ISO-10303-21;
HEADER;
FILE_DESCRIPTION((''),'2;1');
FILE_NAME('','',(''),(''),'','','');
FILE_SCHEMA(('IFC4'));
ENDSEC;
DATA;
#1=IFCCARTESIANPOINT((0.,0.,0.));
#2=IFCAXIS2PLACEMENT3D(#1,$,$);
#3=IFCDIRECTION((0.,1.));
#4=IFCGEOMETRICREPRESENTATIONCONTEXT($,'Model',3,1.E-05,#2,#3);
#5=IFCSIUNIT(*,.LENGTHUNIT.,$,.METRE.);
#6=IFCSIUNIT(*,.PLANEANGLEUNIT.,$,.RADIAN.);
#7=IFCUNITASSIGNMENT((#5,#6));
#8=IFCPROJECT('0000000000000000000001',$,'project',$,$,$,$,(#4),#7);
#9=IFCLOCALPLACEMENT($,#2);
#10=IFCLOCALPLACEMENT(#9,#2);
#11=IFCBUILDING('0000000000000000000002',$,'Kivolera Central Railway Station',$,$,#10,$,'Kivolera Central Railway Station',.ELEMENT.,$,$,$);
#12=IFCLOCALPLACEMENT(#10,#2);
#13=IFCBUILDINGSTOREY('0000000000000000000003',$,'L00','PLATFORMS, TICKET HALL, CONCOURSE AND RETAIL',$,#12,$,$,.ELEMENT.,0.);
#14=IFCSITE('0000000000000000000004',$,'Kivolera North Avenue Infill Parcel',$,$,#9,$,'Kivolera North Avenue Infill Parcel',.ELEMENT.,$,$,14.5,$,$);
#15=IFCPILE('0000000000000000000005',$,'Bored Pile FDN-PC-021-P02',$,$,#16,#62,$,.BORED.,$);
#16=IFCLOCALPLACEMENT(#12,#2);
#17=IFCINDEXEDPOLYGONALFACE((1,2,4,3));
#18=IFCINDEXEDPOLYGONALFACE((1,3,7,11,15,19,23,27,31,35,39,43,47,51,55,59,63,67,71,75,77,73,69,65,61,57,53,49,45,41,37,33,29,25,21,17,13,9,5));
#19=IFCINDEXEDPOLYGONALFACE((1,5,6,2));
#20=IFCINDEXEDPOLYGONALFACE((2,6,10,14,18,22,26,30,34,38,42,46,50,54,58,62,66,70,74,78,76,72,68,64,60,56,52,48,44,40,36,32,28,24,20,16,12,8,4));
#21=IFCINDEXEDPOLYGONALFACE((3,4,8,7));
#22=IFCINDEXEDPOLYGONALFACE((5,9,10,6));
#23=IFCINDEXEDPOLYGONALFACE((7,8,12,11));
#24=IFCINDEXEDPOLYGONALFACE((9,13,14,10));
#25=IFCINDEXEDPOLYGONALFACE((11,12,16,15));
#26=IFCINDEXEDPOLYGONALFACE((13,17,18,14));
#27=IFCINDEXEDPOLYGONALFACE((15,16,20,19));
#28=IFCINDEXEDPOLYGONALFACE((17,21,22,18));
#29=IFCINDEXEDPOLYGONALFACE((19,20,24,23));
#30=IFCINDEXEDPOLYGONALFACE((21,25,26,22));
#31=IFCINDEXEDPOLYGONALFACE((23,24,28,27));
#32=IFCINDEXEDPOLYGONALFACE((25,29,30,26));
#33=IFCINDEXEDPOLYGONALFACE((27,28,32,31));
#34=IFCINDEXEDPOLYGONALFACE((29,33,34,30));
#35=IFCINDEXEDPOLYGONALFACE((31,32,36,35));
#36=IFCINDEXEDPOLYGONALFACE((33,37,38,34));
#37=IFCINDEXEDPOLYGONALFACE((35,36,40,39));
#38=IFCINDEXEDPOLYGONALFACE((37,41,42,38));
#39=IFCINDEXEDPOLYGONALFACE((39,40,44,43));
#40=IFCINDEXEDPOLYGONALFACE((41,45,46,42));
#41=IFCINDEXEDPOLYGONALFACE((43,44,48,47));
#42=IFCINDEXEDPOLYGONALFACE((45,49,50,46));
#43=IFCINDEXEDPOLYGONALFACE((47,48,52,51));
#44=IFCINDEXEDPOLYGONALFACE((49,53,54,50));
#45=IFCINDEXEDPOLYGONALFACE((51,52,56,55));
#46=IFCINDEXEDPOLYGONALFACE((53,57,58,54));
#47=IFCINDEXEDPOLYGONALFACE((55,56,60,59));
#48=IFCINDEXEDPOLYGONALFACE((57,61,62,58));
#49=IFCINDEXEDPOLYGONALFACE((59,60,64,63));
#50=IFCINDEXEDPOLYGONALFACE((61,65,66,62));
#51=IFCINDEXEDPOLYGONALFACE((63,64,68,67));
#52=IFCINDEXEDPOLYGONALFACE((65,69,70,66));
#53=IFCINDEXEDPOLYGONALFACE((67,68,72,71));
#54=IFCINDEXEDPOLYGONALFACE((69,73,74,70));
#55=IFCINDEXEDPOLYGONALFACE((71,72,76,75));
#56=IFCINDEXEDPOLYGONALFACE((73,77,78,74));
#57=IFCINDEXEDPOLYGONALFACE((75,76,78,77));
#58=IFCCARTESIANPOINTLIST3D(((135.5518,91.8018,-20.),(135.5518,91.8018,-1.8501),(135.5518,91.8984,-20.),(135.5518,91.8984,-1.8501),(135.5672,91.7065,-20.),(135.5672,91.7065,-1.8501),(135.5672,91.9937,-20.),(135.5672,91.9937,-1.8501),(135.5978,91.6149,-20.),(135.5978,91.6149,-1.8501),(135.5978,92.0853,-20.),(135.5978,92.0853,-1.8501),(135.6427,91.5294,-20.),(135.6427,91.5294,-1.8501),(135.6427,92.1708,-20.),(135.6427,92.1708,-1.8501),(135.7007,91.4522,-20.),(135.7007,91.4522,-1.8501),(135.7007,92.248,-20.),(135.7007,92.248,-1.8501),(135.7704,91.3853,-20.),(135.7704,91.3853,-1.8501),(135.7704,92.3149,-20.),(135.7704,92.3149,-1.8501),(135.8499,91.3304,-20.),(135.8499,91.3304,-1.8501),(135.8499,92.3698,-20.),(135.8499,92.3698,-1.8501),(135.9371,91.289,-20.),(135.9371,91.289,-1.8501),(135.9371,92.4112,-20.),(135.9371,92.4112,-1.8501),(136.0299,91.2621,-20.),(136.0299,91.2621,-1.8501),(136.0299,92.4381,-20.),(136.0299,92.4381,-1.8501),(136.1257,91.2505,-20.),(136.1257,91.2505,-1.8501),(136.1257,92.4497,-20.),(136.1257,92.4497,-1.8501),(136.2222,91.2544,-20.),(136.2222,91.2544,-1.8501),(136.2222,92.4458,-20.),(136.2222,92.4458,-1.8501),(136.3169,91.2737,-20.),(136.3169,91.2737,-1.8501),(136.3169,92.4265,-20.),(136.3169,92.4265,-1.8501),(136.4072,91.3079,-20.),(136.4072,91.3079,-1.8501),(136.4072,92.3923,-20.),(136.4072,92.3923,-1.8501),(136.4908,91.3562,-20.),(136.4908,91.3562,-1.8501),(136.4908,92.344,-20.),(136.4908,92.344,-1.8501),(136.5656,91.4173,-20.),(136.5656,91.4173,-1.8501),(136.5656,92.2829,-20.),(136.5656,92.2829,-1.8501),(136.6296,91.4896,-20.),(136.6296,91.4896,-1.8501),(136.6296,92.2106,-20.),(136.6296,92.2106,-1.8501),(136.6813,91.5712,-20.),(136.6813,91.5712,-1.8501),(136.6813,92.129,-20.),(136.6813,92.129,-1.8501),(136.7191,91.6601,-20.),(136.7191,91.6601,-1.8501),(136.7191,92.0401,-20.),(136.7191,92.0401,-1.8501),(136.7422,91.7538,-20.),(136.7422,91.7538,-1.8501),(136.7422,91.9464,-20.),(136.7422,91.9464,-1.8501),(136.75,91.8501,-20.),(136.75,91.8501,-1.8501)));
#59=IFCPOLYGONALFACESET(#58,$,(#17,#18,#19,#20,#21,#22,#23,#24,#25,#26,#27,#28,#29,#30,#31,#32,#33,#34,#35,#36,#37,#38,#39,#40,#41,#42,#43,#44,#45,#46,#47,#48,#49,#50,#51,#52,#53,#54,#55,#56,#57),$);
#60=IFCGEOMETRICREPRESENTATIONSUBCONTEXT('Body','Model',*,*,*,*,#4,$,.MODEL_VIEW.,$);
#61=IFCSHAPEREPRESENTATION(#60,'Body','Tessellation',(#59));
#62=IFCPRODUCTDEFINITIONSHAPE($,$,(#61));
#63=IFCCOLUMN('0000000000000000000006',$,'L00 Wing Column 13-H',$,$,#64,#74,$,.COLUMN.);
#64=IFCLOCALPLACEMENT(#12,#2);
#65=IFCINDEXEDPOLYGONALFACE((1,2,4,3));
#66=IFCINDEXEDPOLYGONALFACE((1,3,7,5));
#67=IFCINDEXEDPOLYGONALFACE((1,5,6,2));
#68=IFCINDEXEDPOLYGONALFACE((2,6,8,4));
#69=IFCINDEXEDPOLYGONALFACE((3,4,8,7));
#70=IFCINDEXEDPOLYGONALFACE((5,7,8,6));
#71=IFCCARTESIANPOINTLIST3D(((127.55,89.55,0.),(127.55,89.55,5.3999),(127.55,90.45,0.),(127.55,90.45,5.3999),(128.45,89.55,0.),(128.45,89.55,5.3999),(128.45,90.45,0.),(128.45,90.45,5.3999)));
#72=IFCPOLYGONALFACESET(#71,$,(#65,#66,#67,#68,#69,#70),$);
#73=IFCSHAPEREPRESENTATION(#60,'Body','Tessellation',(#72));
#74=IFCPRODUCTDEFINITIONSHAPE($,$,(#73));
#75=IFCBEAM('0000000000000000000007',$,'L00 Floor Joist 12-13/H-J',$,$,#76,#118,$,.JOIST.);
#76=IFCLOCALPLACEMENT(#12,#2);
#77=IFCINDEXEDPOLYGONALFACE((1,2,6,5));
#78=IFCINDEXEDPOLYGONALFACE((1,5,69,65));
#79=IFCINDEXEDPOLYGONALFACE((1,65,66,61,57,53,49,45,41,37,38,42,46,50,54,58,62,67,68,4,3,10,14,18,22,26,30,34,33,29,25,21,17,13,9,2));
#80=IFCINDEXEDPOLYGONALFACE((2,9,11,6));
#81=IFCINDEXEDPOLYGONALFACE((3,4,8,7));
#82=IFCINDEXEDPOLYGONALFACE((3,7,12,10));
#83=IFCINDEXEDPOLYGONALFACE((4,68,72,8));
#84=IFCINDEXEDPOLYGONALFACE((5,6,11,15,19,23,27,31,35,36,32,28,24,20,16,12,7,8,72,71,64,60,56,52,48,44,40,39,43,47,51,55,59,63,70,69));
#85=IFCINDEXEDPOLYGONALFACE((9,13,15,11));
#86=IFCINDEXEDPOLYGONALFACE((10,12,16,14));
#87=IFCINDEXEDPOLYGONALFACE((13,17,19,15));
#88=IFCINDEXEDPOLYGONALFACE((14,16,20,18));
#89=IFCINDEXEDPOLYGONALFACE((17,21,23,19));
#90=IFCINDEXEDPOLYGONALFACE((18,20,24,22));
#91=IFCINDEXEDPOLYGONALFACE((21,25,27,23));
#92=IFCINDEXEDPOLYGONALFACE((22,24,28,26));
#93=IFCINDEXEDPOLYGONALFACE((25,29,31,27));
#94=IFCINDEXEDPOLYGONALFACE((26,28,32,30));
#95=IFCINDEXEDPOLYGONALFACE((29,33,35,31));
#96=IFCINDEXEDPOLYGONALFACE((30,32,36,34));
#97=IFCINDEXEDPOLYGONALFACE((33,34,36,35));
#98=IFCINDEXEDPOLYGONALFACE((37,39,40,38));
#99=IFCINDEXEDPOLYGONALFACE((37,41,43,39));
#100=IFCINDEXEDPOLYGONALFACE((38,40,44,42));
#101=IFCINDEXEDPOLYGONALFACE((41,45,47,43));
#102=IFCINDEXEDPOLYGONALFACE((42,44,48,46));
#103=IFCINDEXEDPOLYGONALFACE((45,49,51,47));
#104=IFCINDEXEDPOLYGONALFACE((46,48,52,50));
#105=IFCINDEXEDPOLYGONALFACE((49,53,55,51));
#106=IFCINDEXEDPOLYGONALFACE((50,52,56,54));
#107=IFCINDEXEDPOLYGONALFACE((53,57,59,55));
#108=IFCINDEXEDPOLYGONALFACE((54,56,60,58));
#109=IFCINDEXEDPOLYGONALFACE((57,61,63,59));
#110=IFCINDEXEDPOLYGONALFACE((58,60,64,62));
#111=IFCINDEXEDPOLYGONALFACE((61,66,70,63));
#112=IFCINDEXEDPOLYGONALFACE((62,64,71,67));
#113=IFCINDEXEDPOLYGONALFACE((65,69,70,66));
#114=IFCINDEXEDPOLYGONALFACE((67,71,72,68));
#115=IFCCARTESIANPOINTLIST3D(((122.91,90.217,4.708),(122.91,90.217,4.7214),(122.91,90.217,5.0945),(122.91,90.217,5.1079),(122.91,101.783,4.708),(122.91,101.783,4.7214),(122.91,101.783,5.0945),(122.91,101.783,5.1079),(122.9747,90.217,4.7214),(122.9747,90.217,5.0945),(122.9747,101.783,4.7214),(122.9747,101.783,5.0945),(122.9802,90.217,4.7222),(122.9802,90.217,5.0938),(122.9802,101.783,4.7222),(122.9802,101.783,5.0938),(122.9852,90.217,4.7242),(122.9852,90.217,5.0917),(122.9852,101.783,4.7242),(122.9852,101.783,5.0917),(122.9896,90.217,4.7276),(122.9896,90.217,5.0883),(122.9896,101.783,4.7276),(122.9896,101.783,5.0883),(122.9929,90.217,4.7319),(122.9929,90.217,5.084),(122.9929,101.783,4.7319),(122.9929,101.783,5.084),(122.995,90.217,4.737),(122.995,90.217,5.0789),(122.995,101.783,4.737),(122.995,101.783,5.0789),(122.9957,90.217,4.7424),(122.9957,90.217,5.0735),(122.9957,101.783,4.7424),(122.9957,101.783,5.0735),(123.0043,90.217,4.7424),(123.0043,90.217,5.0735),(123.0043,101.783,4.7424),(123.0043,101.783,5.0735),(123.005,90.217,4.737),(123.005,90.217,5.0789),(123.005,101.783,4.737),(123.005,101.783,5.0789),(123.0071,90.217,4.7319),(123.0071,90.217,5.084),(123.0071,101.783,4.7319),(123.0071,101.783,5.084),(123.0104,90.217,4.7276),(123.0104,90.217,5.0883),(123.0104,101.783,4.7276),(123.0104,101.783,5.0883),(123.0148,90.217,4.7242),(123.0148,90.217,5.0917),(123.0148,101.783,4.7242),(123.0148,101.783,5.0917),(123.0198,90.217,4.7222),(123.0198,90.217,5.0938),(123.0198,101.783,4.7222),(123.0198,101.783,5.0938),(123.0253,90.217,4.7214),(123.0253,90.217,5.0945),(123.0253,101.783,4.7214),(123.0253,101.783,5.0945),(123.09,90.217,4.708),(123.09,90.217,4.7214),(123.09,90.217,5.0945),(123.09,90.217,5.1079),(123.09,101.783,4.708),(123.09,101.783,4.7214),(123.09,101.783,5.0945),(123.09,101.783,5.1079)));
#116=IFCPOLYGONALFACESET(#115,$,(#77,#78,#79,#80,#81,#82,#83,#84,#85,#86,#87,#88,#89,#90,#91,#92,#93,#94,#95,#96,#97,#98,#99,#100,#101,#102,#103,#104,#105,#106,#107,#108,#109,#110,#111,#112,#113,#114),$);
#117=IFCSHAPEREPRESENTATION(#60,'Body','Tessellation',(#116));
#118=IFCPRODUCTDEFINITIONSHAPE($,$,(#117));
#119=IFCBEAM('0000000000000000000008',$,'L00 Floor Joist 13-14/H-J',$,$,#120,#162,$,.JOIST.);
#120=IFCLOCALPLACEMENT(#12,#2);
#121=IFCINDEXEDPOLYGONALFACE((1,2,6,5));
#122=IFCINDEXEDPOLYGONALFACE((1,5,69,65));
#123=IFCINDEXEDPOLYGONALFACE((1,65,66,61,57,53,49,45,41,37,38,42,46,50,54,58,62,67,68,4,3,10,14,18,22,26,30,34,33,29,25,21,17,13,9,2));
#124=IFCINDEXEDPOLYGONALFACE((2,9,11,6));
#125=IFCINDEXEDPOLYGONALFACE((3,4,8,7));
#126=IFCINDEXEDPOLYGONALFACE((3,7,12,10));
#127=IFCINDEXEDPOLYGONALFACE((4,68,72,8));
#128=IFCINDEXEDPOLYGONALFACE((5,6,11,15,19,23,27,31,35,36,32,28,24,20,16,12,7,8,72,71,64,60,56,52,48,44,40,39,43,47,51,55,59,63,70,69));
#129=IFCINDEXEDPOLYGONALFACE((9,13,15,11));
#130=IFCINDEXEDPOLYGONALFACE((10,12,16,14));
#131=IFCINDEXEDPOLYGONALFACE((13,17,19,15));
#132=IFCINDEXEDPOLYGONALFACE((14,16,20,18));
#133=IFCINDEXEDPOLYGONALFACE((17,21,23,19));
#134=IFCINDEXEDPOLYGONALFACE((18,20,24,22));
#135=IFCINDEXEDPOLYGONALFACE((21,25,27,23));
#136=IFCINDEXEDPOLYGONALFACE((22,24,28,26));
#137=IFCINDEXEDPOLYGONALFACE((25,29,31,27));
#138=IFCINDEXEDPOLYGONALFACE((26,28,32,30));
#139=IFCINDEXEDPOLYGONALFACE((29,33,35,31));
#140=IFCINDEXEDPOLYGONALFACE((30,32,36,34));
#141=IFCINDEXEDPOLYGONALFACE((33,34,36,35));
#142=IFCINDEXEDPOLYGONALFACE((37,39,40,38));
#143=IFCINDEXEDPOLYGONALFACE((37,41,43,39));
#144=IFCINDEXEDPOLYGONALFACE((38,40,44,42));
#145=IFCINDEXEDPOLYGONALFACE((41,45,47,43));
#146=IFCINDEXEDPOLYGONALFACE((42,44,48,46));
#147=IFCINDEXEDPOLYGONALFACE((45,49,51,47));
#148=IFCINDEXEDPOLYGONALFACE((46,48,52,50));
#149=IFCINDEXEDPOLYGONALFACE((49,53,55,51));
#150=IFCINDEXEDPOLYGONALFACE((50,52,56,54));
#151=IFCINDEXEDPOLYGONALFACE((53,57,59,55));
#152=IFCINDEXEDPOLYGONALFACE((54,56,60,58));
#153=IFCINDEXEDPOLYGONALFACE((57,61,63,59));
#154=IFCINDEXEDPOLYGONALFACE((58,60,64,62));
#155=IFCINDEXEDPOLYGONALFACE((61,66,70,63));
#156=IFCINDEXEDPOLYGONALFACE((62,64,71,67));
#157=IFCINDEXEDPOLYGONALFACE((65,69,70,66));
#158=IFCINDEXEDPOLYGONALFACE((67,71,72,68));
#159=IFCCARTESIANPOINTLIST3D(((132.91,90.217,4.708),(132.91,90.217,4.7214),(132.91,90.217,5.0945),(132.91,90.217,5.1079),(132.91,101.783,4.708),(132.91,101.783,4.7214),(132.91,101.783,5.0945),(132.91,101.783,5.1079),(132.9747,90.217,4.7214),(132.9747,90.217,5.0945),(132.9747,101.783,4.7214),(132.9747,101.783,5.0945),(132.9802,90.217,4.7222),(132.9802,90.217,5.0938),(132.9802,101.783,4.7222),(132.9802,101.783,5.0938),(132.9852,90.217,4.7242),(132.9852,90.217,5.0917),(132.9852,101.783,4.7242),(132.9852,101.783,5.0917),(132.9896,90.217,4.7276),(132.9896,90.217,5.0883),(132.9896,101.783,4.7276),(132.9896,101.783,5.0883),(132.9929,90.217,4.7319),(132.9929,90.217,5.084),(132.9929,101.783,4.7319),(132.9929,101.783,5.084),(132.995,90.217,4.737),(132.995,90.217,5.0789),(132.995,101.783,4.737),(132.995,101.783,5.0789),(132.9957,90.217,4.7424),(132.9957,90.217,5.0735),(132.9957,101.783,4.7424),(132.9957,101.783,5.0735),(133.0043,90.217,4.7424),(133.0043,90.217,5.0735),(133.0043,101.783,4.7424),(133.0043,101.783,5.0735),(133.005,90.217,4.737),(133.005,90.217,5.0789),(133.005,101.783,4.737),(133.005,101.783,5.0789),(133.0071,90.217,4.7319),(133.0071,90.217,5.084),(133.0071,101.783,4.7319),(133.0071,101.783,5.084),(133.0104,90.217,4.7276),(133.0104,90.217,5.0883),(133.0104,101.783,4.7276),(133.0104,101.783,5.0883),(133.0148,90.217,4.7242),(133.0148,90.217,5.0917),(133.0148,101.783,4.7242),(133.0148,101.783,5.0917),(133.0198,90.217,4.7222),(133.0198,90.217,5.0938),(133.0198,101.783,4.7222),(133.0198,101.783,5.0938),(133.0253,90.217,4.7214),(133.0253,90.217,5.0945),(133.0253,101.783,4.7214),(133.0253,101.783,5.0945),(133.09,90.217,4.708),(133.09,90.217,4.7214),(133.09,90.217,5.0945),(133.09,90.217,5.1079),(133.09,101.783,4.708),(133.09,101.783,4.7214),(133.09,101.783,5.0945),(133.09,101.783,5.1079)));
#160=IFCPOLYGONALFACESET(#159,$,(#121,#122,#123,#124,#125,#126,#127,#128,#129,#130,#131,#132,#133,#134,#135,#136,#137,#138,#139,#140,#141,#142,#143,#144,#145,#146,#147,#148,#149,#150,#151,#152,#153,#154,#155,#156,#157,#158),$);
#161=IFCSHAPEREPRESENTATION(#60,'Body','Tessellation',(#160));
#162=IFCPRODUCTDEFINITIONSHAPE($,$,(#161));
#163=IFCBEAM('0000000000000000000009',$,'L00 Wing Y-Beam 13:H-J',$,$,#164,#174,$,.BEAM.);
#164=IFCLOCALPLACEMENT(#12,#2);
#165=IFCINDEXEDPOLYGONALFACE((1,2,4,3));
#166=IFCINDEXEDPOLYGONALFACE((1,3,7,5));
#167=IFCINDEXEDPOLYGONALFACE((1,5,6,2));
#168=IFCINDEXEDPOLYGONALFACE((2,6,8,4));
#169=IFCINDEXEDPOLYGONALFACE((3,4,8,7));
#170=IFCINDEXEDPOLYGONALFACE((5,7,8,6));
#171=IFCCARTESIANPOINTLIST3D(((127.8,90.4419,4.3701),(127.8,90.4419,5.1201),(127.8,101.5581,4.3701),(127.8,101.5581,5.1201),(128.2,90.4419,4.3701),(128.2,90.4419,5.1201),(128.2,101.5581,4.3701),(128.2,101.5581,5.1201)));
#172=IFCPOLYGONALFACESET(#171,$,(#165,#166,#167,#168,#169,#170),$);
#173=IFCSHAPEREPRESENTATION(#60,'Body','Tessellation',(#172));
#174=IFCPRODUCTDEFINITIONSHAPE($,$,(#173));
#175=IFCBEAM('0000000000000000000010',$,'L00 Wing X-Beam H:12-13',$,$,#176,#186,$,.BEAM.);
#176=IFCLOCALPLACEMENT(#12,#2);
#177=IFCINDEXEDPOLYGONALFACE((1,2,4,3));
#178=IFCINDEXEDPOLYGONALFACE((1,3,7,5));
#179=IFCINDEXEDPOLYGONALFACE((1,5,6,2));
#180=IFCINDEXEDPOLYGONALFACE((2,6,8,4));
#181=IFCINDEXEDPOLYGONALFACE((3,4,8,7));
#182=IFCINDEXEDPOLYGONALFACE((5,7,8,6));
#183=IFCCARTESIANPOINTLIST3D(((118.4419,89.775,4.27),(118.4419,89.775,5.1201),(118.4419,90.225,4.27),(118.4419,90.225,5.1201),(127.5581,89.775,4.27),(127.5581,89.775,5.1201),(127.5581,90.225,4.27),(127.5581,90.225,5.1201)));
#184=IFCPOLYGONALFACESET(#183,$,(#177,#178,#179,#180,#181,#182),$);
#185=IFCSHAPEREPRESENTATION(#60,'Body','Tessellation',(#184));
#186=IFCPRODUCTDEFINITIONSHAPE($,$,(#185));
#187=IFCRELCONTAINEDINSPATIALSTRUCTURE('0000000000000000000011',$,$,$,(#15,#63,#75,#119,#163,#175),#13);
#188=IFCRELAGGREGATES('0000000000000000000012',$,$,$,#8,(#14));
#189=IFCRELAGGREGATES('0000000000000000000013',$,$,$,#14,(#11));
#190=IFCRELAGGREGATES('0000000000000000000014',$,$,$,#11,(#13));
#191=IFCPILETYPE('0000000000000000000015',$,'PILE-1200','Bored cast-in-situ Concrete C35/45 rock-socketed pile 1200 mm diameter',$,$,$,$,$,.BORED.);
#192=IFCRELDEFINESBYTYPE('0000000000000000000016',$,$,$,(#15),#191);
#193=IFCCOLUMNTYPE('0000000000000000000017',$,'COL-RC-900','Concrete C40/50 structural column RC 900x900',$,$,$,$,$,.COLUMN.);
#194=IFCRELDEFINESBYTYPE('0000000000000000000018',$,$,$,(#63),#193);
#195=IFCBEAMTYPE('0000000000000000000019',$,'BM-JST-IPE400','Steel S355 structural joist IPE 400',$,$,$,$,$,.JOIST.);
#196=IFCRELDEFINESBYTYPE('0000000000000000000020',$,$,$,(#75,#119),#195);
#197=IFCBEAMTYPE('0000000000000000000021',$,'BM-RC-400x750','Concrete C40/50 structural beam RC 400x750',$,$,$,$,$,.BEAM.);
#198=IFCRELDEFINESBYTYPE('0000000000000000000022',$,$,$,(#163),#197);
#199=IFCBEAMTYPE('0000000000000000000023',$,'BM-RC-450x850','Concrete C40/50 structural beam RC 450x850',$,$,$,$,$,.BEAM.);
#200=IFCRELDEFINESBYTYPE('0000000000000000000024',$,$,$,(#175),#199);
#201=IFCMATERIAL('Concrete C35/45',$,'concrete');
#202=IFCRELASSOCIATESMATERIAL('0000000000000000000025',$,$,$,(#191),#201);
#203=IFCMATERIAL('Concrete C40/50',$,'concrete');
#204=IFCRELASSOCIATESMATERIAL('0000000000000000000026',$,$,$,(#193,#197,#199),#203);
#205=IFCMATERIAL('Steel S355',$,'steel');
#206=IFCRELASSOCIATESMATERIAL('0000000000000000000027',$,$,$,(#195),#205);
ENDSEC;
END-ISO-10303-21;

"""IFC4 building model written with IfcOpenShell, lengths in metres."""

from ifc_helpers import new_model, si_unit, direction, frame, origin, origin_2d, place, context, subcontext, project, spatial, rectangle, circle, i_section, extrude, material, material_profile, profile_set, type_object, element, save


model = new_model("IFC4")

# Units and contexts
model_context = context("Model", 3, precision=1e-05, world=origin(), true_north=direction((0.0, 1.0)))
body_context = subcontext(model_context, "Body", "Model", "MODEL_VIEW")
ifc_project = project(units=[si_unit("LENGTHUNIT", "METRE"), si_unit("PLANEANGLEUNIT", "RADIAN")], contexts=[model_context])

# Site, building, storey
site_placement = place(None, origin())
site = spatial("IfcSite", under=ifc_project, at=site_placement, Name="Kivolera North Avenue Infill Parcel", LongName="Kivolera North Avenue Infill Parcel", CompositionType="ELEMENT", RefElevation=14.5)
building_placement = place(site_placement, origin())
building = spatial("IfcBuilding", under=site, at=building_placement, Name="Kivolera Central Railway Station", LongName="Kivolera Central Railway Station", CompositionType="ELEMENT")
storey_placement = place(building_placement, origin())
storey = spatial("IfcBuildingStorey", under=building, at=storey_placement, Name="L00", Description="PLATFORMS, TICKET HALL, CONCOURSE AND RETAIL", CompositionType="ELEMENT", Elevation=0.0)

# Shared definitions
ifc_material_1 = material(Name="Concrete C35/45", Category="concrete")

# Pile
ifc_material_profile_1 = material_profile(ifc_material_1, circle(Radius=0.6001, at=origin_2d()), Name="PILE D1200")
ifc_profile_set_1 = profile_set([ifc_material_profile_1], Name="Concrete C35/45")
pile_type = type_object("IfcPileType", Name="PILE-1200", Description="Bored cast-in-situ Concrete C35/45 rock-socketed pile 1200 mm diameter", PredefinedType="BORED", material=ifc_profile_set_1)
for number, where, z_axis, x_axis, name in (
    (1, (136.1499, 91.8501, -1.8501), (0.0, 0.0, -1.0), (1.0, 0.0, 0.0), "Bored Pile FDN-PC-021-P02"),
):
    element("IfcPile", number, at=place(storey_placement, frame(where, z_axis=z_axis, x_axis=x_axis)), inside=storey, type_object=pile_type, Name=name, PredefinedType="BORED", context=body_context, shape_type="SweptSolid", body=[
        extrude(circle(Radius=0.6001, at=origin_2d()), origin(), (0.0, 0.0, 1.0), 18.1499),
    ])

# Column
ifc_material_2 = material(Name="Concrete C40/50", Category="concrete")
ifc_material_profile_2 = material_profile(ifc_material_2, rectangle(XDim=0.8999, YDim=0.8999, at=origin_2d()), Name="RC 900x900")
ifc_profile_set_2 = profile_set([ifc_material_profile_2], Name="Concrete C40/50")
column_type = type_object("IfcColumnType", Name="COL-RC-900", Description="Concrete C40/50 structural column RC 900x900", PredefinedType="COLUMN", material=ifc_profile_set_2)
column_placement = place(storey_placement, frame((128.0, 90.0, 0.0), z_axis=(0.0, 0.0, 1.0), x_axis=(1.0, 0.0, 0.0)))
element("IfcColumn", 2, at=column_placement, inside=storey, type_object=column_type, Name="L00 Wing Column 13-H", PredefinedType="COLUMN", context=body_context, shape_type="SweptSolid", body=[
    extrude(rectangle(XDim=0.8999, YDim=0.8999, at=origin_2d()), origin(), (0.0, 0.0, 1.0), 5.3999),
])

# Beams
ifc_material_3 = material(Name="Steel S355", Category="steel")
ifc_material_profile_3 = material_profile(ifc_material_3, i_section(OverallWidth=0.1799, OverallDepth=0.3999, WebThickness=0.0085, FlangeThickness=0.0134, FilletRadius=0.021, at=origin_2d()), Name="IPE 400")
ifc_profile_set_3 = profile_set([ifc_material_profile_3], Name="Steel S355")
beam_type_1 = type_object("IfcBeamType", Name="BM-JST-IPE400", Description="Steel S355 structural joist IPE 400", PredefinedType="JOIST", material=ifc_profile_set_3)
for number, where, z_axis, x_axis, name in (
    (3, (123.0, 90.217, 4.908), (0.0, 1.0, 0.0), (-1.0, 0.0, 0.0), "L00 Floor Joist 12-13/H-J"),
    (4, (133.0, 90.217, 4.908), (0.0, 1.0, 0.0), (-1.0, 0.0, 0.0), "L00 Floor Joist 13-14/H-J"),
):
    element("IfcBeam", number, at=place(storey_placement, frame(where, z_axis=z_axis, x_axis=x_axis)), inside=storey, type_object=beam_type_1, Name=name, PredefinedType="JOIST", context=body_context, shape_type="SweptSolid", body=[
        extrude(i_section(OverallWidth=0.1799, OverallDepth=0.3999, WebThickness=0.0085, FlangeThickness=0.0134, FilletRadius=0.021, at=origin_2d()), origin(), (0.0, 0.0, 1.0), 11.5659),
    ])
ifc_material_profile_4 = material_profile(ifc_material_2, rectangle(XDim=0.3999, YDim=0.75, at=origin_2d()), Name="RC 400x750")
ifc_profile_set_4 = profile_set([ifc_material_profile_4], Name="Concrete C40/50")
beam_type_2 = type_object("IfcBeamType", Name="BM-RC-400x750", Description="Concrete C40/50 structural beam RC 400x750", PredefinedType="BEAM", material=ifc_profile_set_4)
beam_placement = place(storey_placement, frame((128.0, 90.4419, 4.7451), z_axis=(0.0, 1.0, 0.0), x_axis=(-1.0, 0.0, 0.0)))
element("IfcBeam", 5, at=beam_placement, inside=storey, type_object=beam_type_2, Name="L00 Wing Y-Beam 13:H-J", PredefinedType="BEAM", context=body_context, shape_type="SweptSolid", body=[
    extrude(rectangle(XDim=0.3999, YDim=0.75, at=origin_2d()), origin(), (0.0, 0.0, 1.0), 11.1162),
])
ifc_material_profile_5 = material_profile(ifc_material_2, rectangle(XDim=0.45, YDim=0.8501, at=origin_2d()), Name="RC 450x850")
ifc_profile_set_5 = profile_set([ifc_material_profile_5], Name="Concrete C40/50")
beam_type_3 = type_object("IfcBeamType", Name="BM-RC-450x850", Description="Concrete C40/50 structural beam RC 450x850", PredefinedType="BEAM", material=ifc_profile_set_5)
for number, where, z_axis, x_axis, name in (
    (6, (118.4419, 90.0, 4.6951), (1.0, 0.0, 0.0), (0.0, 1.0, 0.0), "L00 Wing X-Beam H:12-13"),
):
    element("IfcBeam", number, at=place(storey_placement, frame(where, z_axis=z_axis, x_axis=x_axis)), inside=storey, type_object=beam_type_3, Name=name, PredefinedType="BEAM", context=body_context, shape_type="SweptSolid", body=[
        extrude(rectangle(XDim=0.45, YDim=0.8501, at=origin_2d()), origin(), (0.0, 0.0, 1.0), 9.1162),
    ])

save(model, "model.ifc")
